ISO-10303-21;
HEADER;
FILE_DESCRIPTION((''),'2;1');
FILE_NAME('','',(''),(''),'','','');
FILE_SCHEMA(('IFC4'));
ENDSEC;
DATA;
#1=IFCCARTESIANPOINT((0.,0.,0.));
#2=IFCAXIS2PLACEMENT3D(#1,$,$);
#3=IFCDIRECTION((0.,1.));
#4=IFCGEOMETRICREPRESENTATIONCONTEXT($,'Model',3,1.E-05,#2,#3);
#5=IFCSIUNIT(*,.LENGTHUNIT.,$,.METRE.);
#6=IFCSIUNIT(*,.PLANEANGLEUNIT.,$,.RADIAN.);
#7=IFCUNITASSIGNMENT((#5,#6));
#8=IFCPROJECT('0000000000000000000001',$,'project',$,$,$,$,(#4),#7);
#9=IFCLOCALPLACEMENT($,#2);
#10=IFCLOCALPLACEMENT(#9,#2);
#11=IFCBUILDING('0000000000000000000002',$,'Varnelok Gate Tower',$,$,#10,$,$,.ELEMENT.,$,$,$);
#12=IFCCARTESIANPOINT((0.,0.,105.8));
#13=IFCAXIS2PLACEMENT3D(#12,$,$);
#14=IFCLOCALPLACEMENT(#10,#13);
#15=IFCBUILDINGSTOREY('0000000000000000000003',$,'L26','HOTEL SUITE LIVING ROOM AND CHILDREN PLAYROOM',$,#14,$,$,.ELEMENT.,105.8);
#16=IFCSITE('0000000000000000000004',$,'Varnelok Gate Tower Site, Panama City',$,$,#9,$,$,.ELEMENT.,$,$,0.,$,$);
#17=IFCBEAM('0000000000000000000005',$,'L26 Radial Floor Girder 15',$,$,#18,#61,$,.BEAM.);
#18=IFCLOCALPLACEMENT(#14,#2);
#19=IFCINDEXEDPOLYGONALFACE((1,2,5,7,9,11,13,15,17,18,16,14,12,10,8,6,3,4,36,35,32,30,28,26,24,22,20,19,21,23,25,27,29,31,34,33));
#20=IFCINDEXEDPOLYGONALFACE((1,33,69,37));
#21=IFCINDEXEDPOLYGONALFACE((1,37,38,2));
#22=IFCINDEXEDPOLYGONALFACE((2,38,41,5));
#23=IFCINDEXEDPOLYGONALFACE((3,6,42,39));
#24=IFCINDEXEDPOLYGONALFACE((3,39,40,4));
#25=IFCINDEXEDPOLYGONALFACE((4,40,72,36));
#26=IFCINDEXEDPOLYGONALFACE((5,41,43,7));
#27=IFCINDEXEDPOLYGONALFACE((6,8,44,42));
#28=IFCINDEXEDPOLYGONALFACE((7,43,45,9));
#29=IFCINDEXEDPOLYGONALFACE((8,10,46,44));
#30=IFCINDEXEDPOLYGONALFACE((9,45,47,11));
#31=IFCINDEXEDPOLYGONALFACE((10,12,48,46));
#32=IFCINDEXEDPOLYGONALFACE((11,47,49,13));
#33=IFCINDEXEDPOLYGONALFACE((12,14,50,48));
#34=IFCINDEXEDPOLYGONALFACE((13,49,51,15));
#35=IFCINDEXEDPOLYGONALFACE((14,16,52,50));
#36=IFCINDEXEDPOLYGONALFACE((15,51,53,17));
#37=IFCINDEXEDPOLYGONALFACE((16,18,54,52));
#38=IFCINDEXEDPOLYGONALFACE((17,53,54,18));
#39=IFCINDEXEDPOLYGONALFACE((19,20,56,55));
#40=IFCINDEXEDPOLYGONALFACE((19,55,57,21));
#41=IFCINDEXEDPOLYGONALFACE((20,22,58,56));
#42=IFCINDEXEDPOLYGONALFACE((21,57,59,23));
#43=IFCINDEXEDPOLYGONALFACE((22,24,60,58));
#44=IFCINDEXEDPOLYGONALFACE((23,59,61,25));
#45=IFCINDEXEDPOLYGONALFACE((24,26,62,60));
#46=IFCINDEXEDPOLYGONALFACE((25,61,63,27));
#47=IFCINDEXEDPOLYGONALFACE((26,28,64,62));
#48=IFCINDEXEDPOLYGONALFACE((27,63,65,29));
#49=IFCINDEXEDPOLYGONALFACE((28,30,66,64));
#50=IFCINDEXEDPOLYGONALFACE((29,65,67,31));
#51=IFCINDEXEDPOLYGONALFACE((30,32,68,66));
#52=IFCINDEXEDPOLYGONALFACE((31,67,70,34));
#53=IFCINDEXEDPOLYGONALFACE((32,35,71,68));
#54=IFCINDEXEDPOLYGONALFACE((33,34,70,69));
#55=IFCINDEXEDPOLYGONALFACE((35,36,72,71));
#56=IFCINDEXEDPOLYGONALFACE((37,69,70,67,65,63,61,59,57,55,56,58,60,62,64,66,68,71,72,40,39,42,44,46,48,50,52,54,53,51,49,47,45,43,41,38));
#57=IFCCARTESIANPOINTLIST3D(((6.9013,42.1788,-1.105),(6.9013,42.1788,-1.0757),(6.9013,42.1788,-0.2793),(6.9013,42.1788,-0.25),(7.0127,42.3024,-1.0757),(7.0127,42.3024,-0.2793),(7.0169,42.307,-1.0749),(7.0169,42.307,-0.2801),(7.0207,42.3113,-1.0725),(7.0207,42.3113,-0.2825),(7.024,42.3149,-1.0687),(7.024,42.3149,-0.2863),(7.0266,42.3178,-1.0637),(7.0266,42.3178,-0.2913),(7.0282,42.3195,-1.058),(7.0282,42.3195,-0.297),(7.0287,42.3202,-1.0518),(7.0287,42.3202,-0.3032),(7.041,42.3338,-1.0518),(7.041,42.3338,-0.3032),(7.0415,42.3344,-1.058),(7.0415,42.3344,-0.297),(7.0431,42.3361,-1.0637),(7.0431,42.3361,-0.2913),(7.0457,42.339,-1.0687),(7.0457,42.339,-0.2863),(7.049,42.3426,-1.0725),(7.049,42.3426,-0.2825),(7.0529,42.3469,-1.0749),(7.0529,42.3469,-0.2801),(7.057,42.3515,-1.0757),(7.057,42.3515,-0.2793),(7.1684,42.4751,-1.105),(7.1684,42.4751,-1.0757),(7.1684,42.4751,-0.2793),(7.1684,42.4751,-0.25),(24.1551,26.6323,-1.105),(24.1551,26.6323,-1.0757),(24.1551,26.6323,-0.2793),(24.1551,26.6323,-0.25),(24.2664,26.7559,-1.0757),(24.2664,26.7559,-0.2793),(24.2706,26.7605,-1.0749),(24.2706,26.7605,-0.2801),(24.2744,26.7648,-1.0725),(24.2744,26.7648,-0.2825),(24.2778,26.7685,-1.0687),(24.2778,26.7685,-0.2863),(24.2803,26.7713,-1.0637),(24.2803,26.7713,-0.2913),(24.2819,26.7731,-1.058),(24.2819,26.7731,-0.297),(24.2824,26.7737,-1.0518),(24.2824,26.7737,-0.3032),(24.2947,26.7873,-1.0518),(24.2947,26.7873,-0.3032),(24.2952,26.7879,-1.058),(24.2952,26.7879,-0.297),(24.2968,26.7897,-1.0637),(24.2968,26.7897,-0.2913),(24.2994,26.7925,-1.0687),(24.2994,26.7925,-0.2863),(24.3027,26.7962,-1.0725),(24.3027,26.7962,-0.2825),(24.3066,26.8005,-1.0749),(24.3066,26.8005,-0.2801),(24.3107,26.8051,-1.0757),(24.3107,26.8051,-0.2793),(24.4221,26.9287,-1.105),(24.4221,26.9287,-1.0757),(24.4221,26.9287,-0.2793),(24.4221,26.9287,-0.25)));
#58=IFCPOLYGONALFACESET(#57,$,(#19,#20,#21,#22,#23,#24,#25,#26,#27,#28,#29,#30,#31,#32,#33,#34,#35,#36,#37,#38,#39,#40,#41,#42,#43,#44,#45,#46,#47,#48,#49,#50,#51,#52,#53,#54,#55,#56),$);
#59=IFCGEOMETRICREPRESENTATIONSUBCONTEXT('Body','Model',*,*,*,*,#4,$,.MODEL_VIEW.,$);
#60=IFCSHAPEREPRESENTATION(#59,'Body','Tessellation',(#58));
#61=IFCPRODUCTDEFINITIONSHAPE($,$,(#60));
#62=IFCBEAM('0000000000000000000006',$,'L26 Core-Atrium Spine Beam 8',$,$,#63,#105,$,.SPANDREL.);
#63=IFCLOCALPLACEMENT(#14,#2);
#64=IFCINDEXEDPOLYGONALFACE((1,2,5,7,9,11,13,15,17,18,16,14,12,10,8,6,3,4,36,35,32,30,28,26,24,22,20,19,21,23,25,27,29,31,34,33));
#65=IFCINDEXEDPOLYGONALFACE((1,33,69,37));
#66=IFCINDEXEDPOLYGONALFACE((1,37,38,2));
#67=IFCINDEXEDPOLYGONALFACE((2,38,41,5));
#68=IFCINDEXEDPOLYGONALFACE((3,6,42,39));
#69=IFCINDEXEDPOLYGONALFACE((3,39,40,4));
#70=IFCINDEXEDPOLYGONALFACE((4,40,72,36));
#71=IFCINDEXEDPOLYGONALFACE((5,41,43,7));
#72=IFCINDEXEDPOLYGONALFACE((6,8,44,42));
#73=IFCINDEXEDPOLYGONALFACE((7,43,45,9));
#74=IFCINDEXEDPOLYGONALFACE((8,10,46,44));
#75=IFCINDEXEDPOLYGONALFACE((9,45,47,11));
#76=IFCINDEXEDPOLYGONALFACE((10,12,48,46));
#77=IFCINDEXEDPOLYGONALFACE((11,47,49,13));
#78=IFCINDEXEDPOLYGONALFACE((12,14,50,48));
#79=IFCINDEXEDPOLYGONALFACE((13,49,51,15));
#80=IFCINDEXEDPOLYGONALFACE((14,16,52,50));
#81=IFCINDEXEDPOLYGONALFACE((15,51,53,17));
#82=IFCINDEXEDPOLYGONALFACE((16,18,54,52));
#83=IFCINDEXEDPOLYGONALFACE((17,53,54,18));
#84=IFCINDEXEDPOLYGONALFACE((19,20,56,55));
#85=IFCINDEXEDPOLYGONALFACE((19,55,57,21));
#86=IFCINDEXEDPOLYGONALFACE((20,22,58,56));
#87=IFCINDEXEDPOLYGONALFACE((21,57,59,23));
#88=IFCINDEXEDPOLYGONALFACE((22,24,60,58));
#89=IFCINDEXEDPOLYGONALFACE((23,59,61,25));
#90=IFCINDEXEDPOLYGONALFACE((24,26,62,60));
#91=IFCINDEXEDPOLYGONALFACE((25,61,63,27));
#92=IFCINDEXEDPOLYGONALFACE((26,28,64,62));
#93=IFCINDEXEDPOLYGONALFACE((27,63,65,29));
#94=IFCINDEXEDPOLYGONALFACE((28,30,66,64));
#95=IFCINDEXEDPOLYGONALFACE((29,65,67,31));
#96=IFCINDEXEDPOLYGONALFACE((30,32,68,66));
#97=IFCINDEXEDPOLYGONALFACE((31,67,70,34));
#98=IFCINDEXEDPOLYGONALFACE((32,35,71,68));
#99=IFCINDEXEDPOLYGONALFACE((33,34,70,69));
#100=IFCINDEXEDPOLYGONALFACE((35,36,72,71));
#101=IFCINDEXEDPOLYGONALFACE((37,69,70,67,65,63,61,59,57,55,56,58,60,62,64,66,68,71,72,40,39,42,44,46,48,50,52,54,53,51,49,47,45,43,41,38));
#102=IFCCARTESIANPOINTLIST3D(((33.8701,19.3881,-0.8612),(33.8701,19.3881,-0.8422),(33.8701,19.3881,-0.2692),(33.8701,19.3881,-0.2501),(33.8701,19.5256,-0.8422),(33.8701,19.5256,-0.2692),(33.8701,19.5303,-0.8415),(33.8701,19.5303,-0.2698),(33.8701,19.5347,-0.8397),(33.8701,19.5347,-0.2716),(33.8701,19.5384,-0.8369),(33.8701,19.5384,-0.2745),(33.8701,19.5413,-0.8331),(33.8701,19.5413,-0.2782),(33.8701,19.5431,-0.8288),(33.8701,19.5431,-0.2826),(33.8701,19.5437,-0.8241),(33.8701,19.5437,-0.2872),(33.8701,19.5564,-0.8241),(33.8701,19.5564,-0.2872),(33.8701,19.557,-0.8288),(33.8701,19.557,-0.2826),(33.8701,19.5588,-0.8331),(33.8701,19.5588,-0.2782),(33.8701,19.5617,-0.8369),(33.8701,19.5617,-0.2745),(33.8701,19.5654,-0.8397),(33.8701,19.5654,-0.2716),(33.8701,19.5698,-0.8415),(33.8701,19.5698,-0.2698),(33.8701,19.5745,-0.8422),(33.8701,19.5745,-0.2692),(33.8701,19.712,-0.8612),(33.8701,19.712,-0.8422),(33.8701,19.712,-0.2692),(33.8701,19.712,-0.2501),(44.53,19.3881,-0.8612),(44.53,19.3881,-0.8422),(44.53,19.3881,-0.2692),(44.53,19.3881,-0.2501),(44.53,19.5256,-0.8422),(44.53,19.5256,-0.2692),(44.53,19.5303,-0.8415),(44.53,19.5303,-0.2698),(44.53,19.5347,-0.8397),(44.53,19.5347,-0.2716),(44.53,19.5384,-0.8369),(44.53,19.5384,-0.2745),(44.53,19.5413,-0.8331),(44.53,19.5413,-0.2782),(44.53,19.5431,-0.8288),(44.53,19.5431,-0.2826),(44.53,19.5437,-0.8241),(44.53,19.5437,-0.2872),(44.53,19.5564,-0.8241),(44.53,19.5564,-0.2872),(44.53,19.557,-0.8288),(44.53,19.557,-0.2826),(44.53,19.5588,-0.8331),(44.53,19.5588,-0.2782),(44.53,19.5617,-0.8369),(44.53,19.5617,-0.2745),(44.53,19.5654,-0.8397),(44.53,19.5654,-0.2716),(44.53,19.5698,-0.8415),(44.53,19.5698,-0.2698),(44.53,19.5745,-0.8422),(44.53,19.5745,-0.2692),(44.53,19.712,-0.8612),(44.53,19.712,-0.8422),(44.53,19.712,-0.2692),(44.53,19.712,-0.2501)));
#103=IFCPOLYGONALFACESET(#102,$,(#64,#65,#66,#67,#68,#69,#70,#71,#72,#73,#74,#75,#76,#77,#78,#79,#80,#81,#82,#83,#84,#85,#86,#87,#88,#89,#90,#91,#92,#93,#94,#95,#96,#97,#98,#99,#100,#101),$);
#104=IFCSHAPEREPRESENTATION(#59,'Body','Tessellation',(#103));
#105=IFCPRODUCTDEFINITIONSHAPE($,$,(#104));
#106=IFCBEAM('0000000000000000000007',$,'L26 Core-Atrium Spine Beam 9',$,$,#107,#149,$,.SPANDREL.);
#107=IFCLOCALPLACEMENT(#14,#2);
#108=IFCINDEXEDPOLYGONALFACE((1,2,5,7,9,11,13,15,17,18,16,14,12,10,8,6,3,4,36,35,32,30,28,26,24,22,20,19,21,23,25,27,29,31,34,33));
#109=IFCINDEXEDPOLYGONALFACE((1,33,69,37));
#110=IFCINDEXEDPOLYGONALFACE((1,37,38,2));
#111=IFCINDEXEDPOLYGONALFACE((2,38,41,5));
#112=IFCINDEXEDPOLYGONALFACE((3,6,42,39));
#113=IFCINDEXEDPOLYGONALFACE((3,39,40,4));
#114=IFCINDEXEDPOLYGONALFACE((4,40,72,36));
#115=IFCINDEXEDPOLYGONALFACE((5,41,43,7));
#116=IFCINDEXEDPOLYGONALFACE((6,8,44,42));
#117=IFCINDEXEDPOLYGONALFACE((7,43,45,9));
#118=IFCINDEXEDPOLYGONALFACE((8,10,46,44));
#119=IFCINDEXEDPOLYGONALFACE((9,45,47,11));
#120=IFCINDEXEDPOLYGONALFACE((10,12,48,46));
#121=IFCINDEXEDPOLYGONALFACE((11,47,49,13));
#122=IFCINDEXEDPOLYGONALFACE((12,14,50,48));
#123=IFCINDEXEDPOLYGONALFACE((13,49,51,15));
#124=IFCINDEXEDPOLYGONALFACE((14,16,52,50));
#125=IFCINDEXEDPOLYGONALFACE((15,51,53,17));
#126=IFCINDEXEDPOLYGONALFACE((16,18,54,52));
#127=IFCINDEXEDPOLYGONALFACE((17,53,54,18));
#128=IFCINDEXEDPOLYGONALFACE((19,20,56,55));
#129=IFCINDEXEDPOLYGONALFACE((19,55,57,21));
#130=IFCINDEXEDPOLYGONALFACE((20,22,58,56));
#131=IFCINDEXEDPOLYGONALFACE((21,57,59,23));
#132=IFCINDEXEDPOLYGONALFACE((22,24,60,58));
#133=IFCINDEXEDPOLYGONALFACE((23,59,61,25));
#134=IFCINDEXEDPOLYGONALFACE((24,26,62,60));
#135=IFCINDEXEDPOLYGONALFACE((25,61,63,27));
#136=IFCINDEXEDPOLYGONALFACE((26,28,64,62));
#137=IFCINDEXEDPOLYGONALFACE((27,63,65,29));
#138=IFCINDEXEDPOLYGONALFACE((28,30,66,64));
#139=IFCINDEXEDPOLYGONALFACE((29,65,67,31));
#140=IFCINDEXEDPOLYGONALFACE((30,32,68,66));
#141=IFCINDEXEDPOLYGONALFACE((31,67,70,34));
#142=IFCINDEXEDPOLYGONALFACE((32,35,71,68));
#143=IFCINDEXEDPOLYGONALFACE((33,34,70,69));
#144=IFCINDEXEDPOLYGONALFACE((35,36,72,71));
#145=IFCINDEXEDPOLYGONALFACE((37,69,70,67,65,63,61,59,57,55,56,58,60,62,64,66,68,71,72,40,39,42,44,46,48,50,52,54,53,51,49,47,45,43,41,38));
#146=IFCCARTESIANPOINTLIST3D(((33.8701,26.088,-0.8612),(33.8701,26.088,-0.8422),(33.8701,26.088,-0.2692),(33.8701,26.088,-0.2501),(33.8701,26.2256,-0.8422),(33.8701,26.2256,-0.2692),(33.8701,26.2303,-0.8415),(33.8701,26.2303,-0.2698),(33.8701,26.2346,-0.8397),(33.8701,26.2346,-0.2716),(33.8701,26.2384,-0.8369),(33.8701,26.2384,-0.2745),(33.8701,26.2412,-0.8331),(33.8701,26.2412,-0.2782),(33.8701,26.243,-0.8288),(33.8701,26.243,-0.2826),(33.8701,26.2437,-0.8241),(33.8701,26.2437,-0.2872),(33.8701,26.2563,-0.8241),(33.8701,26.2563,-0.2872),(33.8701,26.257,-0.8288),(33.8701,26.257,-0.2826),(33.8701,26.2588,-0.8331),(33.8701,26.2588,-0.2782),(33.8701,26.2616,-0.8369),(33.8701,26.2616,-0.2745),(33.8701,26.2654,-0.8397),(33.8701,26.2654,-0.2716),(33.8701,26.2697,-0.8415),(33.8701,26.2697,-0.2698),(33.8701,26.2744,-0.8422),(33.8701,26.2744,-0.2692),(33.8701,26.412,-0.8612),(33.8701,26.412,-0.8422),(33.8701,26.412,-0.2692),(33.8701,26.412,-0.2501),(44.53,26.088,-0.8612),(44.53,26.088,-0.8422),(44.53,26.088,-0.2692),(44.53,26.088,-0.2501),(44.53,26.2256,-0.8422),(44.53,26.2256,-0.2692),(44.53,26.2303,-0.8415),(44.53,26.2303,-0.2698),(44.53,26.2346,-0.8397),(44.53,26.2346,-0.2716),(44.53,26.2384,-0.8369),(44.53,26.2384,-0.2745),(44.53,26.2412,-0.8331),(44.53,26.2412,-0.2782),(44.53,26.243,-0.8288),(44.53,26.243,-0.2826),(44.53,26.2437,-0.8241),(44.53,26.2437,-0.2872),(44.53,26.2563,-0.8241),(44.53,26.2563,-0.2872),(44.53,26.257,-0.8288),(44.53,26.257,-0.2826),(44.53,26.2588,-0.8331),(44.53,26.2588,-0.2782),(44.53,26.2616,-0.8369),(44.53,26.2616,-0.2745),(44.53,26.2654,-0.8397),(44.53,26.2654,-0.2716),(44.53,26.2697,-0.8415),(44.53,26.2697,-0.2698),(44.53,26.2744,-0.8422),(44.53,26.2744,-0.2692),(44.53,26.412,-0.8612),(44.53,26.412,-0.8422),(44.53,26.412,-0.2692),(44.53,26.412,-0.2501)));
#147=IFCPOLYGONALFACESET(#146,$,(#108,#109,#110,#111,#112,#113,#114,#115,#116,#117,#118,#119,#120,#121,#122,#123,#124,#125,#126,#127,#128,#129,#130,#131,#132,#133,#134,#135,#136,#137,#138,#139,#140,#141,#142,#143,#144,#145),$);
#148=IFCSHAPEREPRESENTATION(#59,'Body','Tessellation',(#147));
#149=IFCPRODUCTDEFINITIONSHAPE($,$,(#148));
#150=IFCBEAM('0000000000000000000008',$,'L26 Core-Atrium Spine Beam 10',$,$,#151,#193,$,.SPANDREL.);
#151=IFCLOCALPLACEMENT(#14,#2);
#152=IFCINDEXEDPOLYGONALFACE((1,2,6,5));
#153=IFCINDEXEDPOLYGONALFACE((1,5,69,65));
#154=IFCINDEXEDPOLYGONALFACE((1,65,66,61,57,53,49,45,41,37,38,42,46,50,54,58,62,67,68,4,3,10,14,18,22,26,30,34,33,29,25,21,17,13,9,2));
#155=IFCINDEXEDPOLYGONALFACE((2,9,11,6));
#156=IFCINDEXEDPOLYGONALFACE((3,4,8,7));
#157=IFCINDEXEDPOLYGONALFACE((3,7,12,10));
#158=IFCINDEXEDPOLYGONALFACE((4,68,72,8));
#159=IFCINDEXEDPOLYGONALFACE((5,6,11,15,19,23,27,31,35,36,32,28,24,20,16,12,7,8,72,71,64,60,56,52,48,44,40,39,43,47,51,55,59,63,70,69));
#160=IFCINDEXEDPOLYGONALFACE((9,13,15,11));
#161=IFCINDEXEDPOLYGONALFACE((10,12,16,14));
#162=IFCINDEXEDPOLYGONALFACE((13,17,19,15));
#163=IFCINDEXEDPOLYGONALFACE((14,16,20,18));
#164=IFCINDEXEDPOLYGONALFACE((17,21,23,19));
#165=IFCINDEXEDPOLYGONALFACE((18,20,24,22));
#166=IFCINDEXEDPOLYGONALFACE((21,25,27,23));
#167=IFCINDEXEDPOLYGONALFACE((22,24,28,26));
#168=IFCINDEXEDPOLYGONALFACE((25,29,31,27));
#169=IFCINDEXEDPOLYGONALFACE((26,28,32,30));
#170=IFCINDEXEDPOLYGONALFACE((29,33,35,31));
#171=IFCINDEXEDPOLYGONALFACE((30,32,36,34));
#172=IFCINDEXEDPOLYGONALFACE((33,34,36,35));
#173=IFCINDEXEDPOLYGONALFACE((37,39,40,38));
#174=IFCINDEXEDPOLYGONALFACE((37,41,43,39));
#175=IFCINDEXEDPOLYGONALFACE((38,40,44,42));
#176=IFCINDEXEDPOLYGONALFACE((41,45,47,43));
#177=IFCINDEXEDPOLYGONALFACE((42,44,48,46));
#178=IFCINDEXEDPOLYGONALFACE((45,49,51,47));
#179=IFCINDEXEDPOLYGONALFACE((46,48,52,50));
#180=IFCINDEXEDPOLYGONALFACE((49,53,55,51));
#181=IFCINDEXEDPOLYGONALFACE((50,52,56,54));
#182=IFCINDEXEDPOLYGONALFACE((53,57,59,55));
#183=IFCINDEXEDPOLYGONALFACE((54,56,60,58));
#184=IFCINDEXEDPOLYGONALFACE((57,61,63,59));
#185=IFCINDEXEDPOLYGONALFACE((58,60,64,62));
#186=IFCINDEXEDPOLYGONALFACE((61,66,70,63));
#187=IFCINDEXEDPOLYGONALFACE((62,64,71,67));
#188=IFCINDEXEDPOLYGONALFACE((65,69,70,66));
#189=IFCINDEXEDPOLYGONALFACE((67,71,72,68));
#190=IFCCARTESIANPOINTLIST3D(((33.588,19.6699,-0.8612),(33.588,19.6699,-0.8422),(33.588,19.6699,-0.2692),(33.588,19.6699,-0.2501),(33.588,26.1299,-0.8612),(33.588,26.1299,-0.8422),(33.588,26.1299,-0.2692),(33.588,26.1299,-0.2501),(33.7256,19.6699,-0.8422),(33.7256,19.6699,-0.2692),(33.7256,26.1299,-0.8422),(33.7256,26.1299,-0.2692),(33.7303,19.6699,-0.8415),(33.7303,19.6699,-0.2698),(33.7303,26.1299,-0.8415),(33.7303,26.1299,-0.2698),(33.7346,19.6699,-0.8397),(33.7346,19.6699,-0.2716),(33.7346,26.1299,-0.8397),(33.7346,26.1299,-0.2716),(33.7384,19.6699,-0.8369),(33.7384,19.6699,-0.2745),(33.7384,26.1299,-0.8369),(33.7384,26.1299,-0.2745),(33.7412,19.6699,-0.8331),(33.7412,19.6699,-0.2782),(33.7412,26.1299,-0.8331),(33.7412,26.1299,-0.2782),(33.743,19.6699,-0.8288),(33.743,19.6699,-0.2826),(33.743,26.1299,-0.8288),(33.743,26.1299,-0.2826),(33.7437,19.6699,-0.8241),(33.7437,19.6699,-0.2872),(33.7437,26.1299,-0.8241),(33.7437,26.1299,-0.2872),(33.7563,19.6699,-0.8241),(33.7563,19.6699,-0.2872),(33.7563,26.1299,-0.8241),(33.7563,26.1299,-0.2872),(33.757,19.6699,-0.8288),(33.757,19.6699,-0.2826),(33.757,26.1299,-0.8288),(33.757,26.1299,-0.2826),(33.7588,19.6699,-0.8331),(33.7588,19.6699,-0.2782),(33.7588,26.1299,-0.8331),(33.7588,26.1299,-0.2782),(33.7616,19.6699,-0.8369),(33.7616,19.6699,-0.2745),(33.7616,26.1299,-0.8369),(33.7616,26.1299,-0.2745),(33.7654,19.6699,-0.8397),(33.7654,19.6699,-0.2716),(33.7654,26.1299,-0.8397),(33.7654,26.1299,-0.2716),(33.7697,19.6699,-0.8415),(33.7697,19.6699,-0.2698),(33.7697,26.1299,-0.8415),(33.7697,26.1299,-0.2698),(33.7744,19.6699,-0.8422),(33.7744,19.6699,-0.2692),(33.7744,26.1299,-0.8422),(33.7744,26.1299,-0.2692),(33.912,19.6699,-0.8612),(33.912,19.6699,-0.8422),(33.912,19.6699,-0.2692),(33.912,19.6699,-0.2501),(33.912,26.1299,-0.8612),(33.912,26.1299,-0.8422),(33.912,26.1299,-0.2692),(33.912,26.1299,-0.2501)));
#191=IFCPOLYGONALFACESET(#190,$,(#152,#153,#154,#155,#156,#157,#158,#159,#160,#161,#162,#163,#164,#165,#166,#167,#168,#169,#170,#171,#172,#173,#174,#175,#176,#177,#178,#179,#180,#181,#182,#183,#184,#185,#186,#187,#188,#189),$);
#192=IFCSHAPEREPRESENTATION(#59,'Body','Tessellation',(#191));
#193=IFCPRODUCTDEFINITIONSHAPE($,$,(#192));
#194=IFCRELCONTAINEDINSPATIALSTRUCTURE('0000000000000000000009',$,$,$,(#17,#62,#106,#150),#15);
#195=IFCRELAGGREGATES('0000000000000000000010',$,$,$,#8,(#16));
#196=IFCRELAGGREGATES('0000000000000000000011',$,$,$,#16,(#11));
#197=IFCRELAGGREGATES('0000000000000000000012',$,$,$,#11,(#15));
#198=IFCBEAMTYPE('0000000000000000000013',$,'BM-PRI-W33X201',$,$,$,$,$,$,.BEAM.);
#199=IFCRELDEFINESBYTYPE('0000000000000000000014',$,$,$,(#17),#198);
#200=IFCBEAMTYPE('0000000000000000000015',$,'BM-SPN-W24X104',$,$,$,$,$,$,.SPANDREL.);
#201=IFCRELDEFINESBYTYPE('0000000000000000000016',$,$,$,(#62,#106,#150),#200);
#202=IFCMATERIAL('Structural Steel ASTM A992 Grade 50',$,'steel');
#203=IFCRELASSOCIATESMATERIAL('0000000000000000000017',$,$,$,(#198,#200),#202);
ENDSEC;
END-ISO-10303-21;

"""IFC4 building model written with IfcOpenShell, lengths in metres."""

from ifc_helpers import new_model, si_unit, direction, frame, origin, origin_2d, place, context, subcontext, project, spatial, i_section, extrude, material, material_profile, profile_set, type_object, element, save


model = new_model("IFC4")

# Units and contexts
model_context = context("Model", 3, precision=1e-05, world=origin(), true_north=direction((0.0, 1.0)))
body_context = subcontext(model_context, "Body", "Model", "MODEL_VIEW")
ifc_project = project(units=[si_unit("LENGTHUNIT", "METRE"), si_unit("PLANEANGLEUNIT", "RADIAN")], contexts=[model_context])

# Site, building, storey
site_placement = place(None, origin())
site = spatial("IfcSite", under=ifc_project, at=site_placement, Name="Varnelok Gate Tower Site, Panama City", CompositionType="ELEMENT", RefElevation=0.0)
building_placement = place(site_placement, origin())
building = spatial("IfcBuilding", under=site, at=building_placement, Name="Varnelok Gate Tower", CompositionType="ELEMENT")
storey_placement = place(building_placement, frame((0.0, 0.0, 105.8)))
storey = spatial("IfcBuildingStorey", under=building, at=storey_placement, Name="L26", Description="HOTEL SUITE LIVING ROOM AND CHILDREN PLAYROOM", CompositionType="ELEMENT", Elevation=105.8)

# Shared definitions
ifc_material_1 = material(Name="Structural Steel ASTM A992 Grade 50", Category="steel")

# Beams
ifc_material_profile_1 = material_profile(ifc_material_1, i_section(OverallWidth=0.3989, OverallDepth=0.855, WebThickness=0.0183, FlangeThickness=0.0293, FilletRadius=0.0239, at=origin_2d()), Name="W33X201")
ifc_profile_set_1 = profile_set([ifc_material_profile_1], Name="Structural Steel ASTM A992 Grade 50")
beam_type_1 = type_object("IfcBeamType", Name="BM-PRI-W33X201", PredefinedType="BEAM", material=ifc_profile_set_1)
beam_1_placement = place(storey_placement, frame((24.2886, 26.7805, -0.6775), z_axis=(-0.742907, 0.669395, 0.0), x_axis=(-0.669395, -0.742907, 0.0)))
element("IfcBeam", 1, at=beam_1_placement, inside=storey, type_object=beam_type_1, Name="L26 Radial Floor Girder 15", PredefinedType="BEAM", context=body_context, shape_type="SweptSolid", body=[
    extrude(i_section(OverallWidth=0.3989, OverallDepth=0.855, WebThickness=0.0183, FlangeThickness=0.0293, FilletRadius=0.0239, at=origin_2d()), origin(), (0.0, 0.0, 1.0), 23.2246),
])
ifc_material_profile_2 = material_profile(ifc_material_1, i_section(OverallWidth=0.324, OverallDepth=0.6111, WebThickness=0.0127, FlangeThickness=0.019, FilletRadius=0.0181, at=origin_2d()), Name="W24X104")
ifc_profile_set_2 = profile_set([ifc_material_profile_2], Name="Structural Steel ASTM A992 Grade 50")
beam_type_2 = type_object("IfcBeamType", Name="BM-SPN-W24X104", PredefinedType="SPANDREL", material=ifc_profile_set_2)
for number, where, z_axis, x_axis, name in (
    (2, (33.8701, 19.55, -0.5557), (1.0, 0.0, 0.0), (0.0, 1.0, 0.0), "L26 Core-Atrium Spine Beam 8"),
    (3, (33.8701, 26.25, -0.5557), (1.0, 0.0, 0.0), (0.0, 1.0, 0.0), "L26 Core-Atrium Spine Beam 9"),
):
    element("IfcBeam", number, at=place(storey_placement, frame(where, z_axis=z_axis, x_axis=x_axis)), inside=storey, type_object=beam_type_2, Name=name, PredefinedType="SPANDREL", context=body_context, shape_type="SweptSolid", body=[
        extrude(i_section(OverallWidth=0.324, OverallDepth=0.6111, WebThickness=0.0127, FlangeThickness=0.019, FilletRadius=0.0181, at=origin_2d()), origin(), (0.0, 0.0, 1.0), 10.6599),
    ])
beam_2_placement = place(storey_placement, frame((33.75, 19.6699, -0.5557), z_axis=(0.0, 1.0, 0.0), x_axis=(-1.0, 0.0, 0.0)))
element("IfcBeam", 4, at=beam_2_placement, inside=storey, type_object=beam_type_2, Name="L26 Core-Atrium Spine Beam 10", PredefinedType="SPANDREL", context=body_context, shape_type="SweptSolid", body=[
    extrude(i_section(OverallWidth=0.324, OverallDepth=0.6111, WebThickness=0.0127, FlangeThickness=0.019, FilletRadius=0.0181, at=origin_2d()), origin(), (0.0, 0.0, 1.0), 6.46),
])

save(model, "model.ifc")
